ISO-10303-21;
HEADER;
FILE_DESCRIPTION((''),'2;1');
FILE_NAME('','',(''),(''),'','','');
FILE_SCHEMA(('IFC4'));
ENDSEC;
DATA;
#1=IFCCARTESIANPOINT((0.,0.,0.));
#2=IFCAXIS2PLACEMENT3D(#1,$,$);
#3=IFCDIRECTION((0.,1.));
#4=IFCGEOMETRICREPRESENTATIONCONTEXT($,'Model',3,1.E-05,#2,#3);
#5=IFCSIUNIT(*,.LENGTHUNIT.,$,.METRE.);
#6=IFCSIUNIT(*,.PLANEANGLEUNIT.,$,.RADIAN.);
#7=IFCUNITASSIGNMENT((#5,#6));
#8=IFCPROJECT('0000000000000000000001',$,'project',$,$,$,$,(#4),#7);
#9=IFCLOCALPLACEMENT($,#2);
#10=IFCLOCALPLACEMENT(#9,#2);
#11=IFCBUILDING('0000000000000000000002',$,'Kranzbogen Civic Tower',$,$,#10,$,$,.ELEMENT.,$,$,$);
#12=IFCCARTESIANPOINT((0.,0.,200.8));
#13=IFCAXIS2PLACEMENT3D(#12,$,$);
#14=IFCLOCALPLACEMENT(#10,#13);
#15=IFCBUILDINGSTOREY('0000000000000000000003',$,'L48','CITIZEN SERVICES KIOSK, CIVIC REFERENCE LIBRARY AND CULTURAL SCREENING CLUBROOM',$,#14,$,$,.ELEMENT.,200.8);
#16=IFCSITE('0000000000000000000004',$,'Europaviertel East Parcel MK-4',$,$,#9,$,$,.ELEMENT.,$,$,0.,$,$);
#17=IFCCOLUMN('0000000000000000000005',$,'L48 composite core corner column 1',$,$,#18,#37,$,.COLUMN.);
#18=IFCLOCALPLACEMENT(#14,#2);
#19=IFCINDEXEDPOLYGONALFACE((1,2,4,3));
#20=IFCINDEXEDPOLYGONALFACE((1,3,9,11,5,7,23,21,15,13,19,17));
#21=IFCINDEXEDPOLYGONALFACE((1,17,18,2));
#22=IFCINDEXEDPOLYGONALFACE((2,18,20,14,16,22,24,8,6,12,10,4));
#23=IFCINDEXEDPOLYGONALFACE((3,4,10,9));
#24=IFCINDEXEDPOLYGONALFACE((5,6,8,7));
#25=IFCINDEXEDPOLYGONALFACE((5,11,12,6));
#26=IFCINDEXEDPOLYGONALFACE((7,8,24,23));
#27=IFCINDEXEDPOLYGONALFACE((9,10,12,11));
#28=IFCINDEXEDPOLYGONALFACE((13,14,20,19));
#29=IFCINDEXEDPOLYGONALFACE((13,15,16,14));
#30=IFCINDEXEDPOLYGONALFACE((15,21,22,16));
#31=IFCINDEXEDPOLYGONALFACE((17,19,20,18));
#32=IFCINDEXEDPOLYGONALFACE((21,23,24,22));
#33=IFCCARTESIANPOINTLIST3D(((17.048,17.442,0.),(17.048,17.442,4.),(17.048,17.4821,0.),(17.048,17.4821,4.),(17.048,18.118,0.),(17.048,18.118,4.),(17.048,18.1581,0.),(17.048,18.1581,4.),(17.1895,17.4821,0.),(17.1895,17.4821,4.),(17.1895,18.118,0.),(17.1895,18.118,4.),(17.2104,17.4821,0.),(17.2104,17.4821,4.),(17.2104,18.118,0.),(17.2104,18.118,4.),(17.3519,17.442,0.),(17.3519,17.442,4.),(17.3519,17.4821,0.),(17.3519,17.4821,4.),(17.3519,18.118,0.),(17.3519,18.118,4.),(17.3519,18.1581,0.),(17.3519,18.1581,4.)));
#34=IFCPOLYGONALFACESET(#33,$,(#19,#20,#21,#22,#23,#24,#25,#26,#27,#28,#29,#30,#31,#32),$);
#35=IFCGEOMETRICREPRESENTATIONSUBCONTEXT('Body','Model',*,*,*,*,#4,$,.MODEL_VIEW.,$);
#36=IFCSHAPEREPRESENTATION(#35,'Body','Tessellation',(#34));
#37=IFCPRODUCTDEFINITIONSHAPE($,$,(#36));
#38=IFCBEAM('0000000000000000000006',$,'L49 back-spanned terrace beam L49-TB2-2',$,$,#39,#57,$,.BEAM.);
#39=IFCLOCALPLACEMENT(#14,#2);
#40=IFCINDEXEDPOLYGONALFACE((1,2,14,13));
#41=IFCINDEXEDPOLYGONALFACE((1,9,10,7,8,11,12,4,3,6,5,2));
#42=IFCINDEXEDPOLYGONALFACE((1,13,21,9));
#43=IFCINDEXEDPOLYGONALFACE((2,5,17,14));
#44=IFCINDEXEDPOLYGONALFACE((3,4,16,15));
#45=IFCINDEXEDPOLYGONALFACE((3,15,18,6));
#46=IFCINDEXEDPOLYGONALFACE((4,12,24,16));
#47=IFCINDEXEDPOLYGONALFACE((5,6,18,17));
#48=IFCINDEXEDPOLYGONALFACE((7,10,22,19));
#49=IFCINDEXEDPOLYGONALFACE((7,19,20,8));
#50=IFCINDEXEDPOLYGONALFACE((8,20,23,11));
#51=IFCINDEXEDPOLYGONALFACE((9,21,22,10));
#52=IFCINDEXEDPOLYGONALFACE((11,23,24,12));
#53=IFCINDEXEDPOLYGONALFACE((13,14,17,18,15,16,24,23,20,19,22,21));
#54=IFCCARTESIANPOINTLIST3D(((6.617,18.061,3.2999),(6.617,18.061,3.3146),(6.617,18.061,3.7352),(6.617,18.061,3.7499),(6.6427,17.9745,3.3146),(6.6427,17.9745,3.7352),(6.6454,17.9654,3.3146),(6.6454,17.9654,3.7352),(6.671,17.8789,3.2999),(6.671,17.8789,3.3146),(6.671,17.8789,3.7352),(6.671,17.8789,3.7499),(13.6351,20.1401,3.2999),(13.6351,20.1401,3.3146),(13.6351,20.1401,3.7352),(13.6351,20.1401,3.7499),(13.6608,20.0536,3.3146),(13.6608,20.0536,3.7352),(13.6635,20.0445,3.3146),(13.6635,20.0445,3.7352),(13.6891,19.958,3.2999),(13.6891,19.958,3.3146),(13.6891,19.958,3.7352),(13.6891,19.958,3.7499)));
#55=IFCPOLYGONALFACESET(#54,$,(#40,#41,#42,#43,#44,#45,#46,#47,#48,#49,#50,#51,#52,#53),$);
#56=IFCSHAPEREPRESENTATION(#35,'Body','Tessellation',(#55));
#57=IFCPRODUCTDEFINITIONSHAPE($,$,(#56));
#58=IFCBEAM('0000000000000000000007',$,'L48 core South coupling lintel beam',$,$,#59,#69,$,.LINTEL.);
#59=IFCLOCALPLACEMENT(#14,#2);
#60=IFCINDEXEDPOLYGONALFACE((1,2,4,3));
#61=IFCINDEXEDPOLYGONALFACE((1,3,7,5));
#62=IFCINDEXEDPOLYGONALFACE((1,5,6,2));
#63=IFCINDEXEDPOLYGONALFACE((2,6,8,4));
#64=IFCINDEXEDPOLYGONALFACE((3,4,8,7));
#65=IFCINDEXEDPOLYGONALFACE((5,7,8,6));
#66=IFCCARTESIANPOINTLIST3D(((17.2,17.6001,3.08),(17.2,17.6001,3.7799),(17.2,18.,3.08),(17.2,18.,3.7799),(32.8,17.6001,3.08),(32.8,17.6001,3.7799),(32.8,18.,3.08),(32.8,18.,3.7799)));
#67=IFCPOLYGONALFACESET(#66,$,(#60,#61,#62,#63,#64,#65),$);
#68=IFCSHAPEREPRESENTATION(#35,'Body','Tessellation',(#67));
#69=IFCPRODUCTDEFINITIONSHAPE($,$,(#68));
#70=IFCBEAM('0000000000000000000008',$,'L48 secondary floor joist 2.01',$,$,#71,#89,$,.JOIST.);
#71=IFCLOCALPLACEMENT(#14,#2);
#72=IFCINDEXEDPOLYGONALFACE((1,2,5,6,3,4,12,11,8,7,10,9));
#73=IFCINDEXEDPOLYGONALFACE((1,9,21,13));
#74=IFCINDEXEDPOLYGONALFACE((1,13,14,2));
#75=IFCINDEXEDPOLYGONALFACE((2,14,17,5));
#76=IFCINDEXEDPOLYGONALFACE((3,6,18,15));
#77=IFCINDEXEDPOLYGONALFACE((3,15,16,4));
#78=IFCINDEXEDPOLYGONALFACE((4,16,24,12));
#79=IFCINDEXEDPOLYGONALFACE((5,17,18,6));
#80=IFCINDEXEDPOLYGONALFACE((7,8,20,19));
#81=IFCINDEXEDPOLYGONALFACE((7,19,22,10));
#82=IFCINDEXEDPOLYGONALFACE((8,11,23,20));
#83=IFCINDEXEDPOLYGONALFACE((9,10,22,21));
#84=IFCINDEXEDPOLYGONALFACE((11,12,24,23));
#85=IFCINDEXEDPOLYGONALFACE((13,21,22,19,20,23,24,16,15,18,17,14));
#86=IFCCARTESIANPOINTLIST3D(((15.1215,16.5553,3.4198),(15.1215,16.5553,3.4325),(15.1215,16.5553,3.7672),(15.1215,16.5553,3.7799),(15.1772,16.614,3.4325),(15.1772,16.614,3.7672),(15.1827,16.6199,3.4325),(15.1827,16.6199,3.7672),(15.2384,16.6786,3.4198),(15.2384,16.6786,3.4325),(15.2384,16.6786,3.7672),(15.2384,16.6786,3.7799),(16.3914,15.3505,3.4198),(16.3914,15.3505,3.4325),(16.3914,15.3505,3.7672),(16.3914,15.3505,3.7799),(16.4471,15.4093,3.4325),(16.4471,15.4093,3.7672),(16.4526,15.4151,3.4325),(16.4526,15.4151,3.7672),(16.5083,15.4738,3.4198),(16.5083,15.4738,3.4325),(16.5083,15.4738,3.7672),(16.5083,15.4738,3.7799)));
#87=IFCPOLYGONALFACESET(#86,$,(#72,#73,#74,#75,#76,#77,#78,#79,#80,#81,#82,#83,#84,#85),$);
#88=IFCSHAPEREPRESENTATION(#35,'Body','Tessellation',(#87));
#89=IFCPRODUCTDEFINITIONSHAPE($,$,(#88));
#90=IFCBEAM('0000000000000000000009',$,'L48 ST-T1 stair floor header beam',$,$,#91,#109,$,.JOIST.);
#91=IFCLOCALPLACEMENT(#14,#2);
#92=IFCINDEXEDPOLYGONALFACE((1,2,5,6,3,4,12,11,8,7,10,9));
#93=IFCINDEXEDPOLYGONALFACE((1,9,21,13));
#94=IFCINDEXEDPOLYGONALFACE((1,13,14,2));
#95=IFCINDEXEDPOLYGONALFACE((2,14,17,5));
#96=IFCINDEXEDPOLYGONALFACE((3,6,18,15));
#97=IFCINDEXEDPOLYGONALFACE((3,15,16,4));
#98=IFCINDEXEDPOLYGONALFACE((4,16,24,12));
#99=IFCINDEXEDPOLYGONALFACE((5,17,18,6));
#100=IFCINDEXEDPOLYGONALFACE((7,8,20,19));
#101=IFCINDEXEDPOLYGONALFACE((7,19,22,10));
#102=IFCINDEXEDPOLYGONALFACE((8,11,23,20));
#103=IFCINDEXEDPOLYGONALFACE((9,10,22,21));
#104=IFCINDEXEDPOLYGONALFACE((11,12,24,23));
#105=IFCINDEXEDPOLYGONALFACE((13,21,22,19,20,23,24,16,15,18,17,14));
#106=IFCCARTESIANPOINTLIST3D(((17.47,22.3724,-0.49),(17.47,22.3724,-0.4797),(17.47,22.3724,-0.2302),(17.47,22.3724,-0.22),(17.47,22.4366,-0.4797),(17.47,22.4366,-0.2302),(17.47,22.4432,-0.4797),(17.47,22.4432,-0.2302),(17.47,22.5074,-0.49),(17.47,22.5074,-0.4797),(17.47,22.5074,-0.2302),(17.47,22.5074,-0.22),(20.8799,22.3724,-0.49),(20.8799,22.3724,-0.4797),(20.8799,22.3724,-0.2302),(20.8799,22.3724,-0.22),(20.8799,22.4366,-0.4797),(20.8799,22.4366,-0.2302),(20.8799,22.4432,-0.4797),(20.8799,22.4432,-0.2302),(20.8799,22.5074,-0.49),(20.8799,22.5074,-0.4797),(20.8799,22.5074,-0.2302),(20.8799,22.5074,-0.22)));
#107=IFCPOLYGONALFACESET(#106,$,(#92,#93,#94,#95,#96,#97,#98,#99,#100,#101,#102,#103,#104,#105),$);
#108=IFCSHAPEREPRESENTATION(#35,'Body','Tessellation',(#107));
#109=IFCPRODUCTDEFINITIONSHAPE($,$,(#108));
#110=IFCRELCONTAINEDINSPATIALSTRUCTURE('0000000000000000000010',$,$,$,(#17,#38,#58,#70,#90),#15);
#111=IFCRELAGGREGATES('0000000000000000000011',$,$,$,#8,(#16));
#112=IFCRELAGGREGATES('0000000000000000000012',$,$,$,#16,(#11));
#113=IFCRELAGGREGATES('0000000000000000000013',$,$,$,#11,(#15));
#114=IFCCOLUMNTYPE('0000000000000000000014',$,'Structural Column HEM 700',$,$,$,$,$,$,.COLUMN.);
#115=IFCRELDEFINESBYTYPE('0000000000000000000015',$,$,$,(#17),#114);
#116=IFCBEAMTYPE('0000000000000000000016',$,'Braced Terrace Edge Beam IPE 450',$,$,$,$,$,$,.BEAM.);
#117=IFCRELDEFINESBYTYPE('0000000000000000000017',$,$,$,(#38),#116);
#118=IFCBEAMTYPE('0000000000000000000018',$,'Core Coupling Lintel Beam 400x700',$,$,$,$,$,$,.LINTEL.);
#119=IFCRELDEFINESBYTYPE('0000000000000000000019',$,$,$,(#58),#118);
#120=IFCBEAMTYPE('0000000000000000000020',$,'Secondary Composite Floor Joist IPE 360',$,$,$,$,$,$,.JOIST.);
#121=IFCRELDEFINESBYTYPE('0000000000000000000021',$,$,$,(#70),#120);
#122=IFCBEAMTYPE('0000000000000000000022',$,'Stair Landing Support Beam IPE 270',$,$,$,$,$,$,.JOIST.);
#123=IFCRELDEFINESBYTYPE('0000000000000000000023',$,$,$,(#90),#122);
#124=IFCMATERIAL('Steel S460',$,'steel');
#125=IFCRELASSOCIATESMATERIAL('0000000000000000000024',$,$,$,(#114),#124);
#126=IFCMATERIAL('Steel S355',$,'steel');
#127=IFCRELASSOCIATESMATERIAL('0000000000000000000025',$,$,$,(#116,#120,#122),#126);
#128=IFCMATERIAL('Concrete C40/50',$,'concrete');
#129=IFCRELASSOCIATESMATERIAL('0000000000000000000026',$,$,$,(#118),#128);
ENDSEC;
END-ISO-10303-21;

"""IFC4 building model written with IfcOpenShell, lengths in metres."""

from ifc_helpers import new_model, si_unit, direction, frame, origin, origin_2d, place, context, subcontext, project, spatial, rectangle, i_section, extrude, material, material_profile, profile_set, type_object, element, save


model = new_model("IFC4")

# Units and contexts
model_context = context("Model", 3, precision=1e-05, world=origin(), true_north=direction((0.0, 1.0)))
body_context = subcontext(model_context, "Body", "Model", "MODEL_VIEW")
ifc_project = project(units=[si_unit("LENGTHUNIT", "METRE"), si_unit("PLANEANGLEUNIT", "RADIAN")], contexts=[model_context])

# Site, building, storey
site_placement = place(None, origin())
site = spatial("IfcSite", under=ifc_project, at=site_placement, Name="Europaviertel East Parcel MK-4", CompositionType="ELEMENT", RefElevation=0.0)
building_placement = place(site_placement, origin())
building = spatial("IfcBuilding", under=site, at=building_placement, Name="Kranzbogen Civic Tower", CompositionType="ELEMENT")
storey_placement = place(building_placement, frame((0.0, 0.0, 200.8)))
storey = spatial("IfcBuildingStorey", under=building, at=storey_placement, Name="L48", Description="CITIZEN SERVICES KIOSK, CIVIC REFERENCE LIBRARY AND CULTURAL SCREENING CLUBROOM", CompositionType="ELEMENT", Elevation=200.8)

# Column
ifc_material_1 = material(Name="Steel S460", Category="steel")
ifc_material_profile_1 = material_profile(ifc_material_1, i_section(OverallWidth=0.304, OverallDepth=0.7161, WebThickness=0.021, FlangeThickness=0.04, at=origin_2d()), Name="HEM 700")
ifc_profile_set_1 = profile_set([ifc_material_profile_1], Name="Steel S460")
column_type = type_object("IfcColumnType", Name="Structural Column HEM 700", PredefinedType="COLUMN", material=ifc_profile_set_1)
column_placement = place(storey_placement, frame((17.2, 17.8, 0.0), z_axis=(0.0, 0.0, 1.0), x_axis=(1.0, 0.0, 0.0)))
element("IfcColumn", 1, at=column_placement, inside=storey, type_object=column_type, Name="L48 composite core corner column 1", PredefinedType="COLUMN", context=body_context, shape_type="SweptSolid", body=[
    extrude(i_section(OverallWidth=0.304, OverallDepth=0.7161, WebThickness=0.021, FlangeThickness=0.04, at=origin_2d()), origin(), (0.0, 0.0, 1.0), 4.0),
])

# Beams
ifc_material_2 = material(Name="Steel S355", Category="steel")
ifc_material_profile_2 = material_profile(ifc_material_2, i_section(OverallWidth=0.1899, OverallDepth=0.45, WebThickness=0.0095, FlangeThickness=0.0146, at=origin_2d()), Name="IPE 450")
ifc_profile_set_2 = profile_set([ifc_material_profile_2], Name="Steel S355")
beam_type_1 = type_object("IfcBeamType", Name="Braced Terrace Edge Beam IPE 450", PredefinedType="BEAM", material=ifc_profile_set_2)
beam_1_placement = place(storey_placement, frame((13.6621, 20.0491, 3.5249), z_axis=(-0.95881, -0.284047, 0.0), x_axis=(0.284047, -0.95881, 0.0)))
element("IfcBeam", 2, at=beam_1_placement, inside=storey, type_object=beam_type_1, Name="L49 back-spanned terrace beam L49-TB2-2", PredefinedType="BEAM", context=body_context, shape_type="SweptSolid", body=[
    extrude(i_section(OverallWidth=0.1899, OverallDepth=0.45, WebThickness=0.0095, FlangeThickness=0.0146, at=origin_2d()), origin(), (0.0, 0.0, 1.0), 7.3196),
])
ifc_material_3 = material(Name="Concrete C40/50", Category="concrete")
ifc_material_profile_3 = material_profile(ifc_material_3, rectangle(XDim=0.3999, YDim=0.7, at=origin_2d()), Name="RC-BM 400x700")
ifc_profile_set_3 = profile_set([ifc_material_profile_3], Name="Concrete C40/50")
beam_type_2 = type_object("IfcBeamType", Name="Core Coupling Lintel Beam 400x700", PredefinedType="LINTEL", material=ifc_profile_set_3)
beam_2_placement = place(storey_placement, frame((17.2, 17.8, 3.4299), z_axis=(1.0, 0.0, 0.0), x_axis=(0.0, 1.0, 0.0)))
element("IfcBeam", 3, at=beam_2_placement, inside=storey, type_object=beam_type_2, Name="L48 core South coupling lintel beam", PredefinedType="LINTEL", context=body_context, shape_type="SweptSolid", body=[
    extrude(rectangle(XDim=0.3999, YDim=0.7, at=origin_2d()), origin(), (0.0, 0.0, 1.0), 15.6001),
])
ifc_material_profile_4 = material_profile(ifc_material_2, i_section(OverallWidth=0.1699, OverallDepth=0.3601, WebThickness=0.0081, FlangeThickness=0.0127, at=origin_2d()), Name="IPE 360")
ifc_profile_set_4 = profile_set([ifc_material_profile_4], Name="Steel S355")
beam_type_3 = type_object("IfcBeamType", Name="Secondary Composite Floor Joist IPE 360", PredefinedType="JOIST", material=ifc_profile_set_4)
beam_3_placement = place(storey_placement, frame((15.1799, 16.6169, 3.5999), z_axis=(0.72548, -0.688243, 0.0), x_axis=(0.688243, 0.72548, 0.0)))
element("IfcBeam", 4, at=beam_3_placement, inside=storey, type_object=beam_type_3, Name="L48 secondary floor joist 2.01", PredefinedType="JOIST", context=body_context, shape_type="SweptSolid", body=[
    extrude(i_section(OverallWidth=0.1699, OverallDepth=0.3601, WebThickness=0.0081, FlangeThickness=0.0127, at=origin_2d()), origin(), (0.0, 0.0, 1.0), 1.7505),
])
ifc_material_profile_5 = material_profile(ifc_material_2, i_section(OverallWidth=0.135, OverallDepth=0.27, WebThickness=0.0066, FlangeThickness=0.0103, at=origin_2d()), Name="IPE 270")
ifc_profile_set_5 = profile_set([ifc_material_profile_5], Name="Steel S355")
beam_type_4 = type_object("IfcBeamType", Name="Stair Landing Support Beam IPE 270", PredefinedType="JOIST", material=ifc_profile_set_5)
beam_4_placement = place(storey_placement, frame((20.8799, 22.4399, -0.355), z_axis=(-1.0, 0.0, 0.0), x_axis=(0.0, -1.0, 0.0)))
element("IfcBeam", 5, at=beam_4_placement, inside=storey, type_object=beam_type_4, Name="L48 ST-T1 stair floor header beam", PredefinedType="JOIST", context=body_context, shape_type="SweptSolid", body=[
    extrude(i_section(OverallWidth=0.135, OverallDepth=0.27, WebThickness=0.0066, FlangeThickness=0.0103, at=origin_2d()), origin(), (0.0, 0.0, 1.0), 3.4099),
])

save(model, "model.ifc")
